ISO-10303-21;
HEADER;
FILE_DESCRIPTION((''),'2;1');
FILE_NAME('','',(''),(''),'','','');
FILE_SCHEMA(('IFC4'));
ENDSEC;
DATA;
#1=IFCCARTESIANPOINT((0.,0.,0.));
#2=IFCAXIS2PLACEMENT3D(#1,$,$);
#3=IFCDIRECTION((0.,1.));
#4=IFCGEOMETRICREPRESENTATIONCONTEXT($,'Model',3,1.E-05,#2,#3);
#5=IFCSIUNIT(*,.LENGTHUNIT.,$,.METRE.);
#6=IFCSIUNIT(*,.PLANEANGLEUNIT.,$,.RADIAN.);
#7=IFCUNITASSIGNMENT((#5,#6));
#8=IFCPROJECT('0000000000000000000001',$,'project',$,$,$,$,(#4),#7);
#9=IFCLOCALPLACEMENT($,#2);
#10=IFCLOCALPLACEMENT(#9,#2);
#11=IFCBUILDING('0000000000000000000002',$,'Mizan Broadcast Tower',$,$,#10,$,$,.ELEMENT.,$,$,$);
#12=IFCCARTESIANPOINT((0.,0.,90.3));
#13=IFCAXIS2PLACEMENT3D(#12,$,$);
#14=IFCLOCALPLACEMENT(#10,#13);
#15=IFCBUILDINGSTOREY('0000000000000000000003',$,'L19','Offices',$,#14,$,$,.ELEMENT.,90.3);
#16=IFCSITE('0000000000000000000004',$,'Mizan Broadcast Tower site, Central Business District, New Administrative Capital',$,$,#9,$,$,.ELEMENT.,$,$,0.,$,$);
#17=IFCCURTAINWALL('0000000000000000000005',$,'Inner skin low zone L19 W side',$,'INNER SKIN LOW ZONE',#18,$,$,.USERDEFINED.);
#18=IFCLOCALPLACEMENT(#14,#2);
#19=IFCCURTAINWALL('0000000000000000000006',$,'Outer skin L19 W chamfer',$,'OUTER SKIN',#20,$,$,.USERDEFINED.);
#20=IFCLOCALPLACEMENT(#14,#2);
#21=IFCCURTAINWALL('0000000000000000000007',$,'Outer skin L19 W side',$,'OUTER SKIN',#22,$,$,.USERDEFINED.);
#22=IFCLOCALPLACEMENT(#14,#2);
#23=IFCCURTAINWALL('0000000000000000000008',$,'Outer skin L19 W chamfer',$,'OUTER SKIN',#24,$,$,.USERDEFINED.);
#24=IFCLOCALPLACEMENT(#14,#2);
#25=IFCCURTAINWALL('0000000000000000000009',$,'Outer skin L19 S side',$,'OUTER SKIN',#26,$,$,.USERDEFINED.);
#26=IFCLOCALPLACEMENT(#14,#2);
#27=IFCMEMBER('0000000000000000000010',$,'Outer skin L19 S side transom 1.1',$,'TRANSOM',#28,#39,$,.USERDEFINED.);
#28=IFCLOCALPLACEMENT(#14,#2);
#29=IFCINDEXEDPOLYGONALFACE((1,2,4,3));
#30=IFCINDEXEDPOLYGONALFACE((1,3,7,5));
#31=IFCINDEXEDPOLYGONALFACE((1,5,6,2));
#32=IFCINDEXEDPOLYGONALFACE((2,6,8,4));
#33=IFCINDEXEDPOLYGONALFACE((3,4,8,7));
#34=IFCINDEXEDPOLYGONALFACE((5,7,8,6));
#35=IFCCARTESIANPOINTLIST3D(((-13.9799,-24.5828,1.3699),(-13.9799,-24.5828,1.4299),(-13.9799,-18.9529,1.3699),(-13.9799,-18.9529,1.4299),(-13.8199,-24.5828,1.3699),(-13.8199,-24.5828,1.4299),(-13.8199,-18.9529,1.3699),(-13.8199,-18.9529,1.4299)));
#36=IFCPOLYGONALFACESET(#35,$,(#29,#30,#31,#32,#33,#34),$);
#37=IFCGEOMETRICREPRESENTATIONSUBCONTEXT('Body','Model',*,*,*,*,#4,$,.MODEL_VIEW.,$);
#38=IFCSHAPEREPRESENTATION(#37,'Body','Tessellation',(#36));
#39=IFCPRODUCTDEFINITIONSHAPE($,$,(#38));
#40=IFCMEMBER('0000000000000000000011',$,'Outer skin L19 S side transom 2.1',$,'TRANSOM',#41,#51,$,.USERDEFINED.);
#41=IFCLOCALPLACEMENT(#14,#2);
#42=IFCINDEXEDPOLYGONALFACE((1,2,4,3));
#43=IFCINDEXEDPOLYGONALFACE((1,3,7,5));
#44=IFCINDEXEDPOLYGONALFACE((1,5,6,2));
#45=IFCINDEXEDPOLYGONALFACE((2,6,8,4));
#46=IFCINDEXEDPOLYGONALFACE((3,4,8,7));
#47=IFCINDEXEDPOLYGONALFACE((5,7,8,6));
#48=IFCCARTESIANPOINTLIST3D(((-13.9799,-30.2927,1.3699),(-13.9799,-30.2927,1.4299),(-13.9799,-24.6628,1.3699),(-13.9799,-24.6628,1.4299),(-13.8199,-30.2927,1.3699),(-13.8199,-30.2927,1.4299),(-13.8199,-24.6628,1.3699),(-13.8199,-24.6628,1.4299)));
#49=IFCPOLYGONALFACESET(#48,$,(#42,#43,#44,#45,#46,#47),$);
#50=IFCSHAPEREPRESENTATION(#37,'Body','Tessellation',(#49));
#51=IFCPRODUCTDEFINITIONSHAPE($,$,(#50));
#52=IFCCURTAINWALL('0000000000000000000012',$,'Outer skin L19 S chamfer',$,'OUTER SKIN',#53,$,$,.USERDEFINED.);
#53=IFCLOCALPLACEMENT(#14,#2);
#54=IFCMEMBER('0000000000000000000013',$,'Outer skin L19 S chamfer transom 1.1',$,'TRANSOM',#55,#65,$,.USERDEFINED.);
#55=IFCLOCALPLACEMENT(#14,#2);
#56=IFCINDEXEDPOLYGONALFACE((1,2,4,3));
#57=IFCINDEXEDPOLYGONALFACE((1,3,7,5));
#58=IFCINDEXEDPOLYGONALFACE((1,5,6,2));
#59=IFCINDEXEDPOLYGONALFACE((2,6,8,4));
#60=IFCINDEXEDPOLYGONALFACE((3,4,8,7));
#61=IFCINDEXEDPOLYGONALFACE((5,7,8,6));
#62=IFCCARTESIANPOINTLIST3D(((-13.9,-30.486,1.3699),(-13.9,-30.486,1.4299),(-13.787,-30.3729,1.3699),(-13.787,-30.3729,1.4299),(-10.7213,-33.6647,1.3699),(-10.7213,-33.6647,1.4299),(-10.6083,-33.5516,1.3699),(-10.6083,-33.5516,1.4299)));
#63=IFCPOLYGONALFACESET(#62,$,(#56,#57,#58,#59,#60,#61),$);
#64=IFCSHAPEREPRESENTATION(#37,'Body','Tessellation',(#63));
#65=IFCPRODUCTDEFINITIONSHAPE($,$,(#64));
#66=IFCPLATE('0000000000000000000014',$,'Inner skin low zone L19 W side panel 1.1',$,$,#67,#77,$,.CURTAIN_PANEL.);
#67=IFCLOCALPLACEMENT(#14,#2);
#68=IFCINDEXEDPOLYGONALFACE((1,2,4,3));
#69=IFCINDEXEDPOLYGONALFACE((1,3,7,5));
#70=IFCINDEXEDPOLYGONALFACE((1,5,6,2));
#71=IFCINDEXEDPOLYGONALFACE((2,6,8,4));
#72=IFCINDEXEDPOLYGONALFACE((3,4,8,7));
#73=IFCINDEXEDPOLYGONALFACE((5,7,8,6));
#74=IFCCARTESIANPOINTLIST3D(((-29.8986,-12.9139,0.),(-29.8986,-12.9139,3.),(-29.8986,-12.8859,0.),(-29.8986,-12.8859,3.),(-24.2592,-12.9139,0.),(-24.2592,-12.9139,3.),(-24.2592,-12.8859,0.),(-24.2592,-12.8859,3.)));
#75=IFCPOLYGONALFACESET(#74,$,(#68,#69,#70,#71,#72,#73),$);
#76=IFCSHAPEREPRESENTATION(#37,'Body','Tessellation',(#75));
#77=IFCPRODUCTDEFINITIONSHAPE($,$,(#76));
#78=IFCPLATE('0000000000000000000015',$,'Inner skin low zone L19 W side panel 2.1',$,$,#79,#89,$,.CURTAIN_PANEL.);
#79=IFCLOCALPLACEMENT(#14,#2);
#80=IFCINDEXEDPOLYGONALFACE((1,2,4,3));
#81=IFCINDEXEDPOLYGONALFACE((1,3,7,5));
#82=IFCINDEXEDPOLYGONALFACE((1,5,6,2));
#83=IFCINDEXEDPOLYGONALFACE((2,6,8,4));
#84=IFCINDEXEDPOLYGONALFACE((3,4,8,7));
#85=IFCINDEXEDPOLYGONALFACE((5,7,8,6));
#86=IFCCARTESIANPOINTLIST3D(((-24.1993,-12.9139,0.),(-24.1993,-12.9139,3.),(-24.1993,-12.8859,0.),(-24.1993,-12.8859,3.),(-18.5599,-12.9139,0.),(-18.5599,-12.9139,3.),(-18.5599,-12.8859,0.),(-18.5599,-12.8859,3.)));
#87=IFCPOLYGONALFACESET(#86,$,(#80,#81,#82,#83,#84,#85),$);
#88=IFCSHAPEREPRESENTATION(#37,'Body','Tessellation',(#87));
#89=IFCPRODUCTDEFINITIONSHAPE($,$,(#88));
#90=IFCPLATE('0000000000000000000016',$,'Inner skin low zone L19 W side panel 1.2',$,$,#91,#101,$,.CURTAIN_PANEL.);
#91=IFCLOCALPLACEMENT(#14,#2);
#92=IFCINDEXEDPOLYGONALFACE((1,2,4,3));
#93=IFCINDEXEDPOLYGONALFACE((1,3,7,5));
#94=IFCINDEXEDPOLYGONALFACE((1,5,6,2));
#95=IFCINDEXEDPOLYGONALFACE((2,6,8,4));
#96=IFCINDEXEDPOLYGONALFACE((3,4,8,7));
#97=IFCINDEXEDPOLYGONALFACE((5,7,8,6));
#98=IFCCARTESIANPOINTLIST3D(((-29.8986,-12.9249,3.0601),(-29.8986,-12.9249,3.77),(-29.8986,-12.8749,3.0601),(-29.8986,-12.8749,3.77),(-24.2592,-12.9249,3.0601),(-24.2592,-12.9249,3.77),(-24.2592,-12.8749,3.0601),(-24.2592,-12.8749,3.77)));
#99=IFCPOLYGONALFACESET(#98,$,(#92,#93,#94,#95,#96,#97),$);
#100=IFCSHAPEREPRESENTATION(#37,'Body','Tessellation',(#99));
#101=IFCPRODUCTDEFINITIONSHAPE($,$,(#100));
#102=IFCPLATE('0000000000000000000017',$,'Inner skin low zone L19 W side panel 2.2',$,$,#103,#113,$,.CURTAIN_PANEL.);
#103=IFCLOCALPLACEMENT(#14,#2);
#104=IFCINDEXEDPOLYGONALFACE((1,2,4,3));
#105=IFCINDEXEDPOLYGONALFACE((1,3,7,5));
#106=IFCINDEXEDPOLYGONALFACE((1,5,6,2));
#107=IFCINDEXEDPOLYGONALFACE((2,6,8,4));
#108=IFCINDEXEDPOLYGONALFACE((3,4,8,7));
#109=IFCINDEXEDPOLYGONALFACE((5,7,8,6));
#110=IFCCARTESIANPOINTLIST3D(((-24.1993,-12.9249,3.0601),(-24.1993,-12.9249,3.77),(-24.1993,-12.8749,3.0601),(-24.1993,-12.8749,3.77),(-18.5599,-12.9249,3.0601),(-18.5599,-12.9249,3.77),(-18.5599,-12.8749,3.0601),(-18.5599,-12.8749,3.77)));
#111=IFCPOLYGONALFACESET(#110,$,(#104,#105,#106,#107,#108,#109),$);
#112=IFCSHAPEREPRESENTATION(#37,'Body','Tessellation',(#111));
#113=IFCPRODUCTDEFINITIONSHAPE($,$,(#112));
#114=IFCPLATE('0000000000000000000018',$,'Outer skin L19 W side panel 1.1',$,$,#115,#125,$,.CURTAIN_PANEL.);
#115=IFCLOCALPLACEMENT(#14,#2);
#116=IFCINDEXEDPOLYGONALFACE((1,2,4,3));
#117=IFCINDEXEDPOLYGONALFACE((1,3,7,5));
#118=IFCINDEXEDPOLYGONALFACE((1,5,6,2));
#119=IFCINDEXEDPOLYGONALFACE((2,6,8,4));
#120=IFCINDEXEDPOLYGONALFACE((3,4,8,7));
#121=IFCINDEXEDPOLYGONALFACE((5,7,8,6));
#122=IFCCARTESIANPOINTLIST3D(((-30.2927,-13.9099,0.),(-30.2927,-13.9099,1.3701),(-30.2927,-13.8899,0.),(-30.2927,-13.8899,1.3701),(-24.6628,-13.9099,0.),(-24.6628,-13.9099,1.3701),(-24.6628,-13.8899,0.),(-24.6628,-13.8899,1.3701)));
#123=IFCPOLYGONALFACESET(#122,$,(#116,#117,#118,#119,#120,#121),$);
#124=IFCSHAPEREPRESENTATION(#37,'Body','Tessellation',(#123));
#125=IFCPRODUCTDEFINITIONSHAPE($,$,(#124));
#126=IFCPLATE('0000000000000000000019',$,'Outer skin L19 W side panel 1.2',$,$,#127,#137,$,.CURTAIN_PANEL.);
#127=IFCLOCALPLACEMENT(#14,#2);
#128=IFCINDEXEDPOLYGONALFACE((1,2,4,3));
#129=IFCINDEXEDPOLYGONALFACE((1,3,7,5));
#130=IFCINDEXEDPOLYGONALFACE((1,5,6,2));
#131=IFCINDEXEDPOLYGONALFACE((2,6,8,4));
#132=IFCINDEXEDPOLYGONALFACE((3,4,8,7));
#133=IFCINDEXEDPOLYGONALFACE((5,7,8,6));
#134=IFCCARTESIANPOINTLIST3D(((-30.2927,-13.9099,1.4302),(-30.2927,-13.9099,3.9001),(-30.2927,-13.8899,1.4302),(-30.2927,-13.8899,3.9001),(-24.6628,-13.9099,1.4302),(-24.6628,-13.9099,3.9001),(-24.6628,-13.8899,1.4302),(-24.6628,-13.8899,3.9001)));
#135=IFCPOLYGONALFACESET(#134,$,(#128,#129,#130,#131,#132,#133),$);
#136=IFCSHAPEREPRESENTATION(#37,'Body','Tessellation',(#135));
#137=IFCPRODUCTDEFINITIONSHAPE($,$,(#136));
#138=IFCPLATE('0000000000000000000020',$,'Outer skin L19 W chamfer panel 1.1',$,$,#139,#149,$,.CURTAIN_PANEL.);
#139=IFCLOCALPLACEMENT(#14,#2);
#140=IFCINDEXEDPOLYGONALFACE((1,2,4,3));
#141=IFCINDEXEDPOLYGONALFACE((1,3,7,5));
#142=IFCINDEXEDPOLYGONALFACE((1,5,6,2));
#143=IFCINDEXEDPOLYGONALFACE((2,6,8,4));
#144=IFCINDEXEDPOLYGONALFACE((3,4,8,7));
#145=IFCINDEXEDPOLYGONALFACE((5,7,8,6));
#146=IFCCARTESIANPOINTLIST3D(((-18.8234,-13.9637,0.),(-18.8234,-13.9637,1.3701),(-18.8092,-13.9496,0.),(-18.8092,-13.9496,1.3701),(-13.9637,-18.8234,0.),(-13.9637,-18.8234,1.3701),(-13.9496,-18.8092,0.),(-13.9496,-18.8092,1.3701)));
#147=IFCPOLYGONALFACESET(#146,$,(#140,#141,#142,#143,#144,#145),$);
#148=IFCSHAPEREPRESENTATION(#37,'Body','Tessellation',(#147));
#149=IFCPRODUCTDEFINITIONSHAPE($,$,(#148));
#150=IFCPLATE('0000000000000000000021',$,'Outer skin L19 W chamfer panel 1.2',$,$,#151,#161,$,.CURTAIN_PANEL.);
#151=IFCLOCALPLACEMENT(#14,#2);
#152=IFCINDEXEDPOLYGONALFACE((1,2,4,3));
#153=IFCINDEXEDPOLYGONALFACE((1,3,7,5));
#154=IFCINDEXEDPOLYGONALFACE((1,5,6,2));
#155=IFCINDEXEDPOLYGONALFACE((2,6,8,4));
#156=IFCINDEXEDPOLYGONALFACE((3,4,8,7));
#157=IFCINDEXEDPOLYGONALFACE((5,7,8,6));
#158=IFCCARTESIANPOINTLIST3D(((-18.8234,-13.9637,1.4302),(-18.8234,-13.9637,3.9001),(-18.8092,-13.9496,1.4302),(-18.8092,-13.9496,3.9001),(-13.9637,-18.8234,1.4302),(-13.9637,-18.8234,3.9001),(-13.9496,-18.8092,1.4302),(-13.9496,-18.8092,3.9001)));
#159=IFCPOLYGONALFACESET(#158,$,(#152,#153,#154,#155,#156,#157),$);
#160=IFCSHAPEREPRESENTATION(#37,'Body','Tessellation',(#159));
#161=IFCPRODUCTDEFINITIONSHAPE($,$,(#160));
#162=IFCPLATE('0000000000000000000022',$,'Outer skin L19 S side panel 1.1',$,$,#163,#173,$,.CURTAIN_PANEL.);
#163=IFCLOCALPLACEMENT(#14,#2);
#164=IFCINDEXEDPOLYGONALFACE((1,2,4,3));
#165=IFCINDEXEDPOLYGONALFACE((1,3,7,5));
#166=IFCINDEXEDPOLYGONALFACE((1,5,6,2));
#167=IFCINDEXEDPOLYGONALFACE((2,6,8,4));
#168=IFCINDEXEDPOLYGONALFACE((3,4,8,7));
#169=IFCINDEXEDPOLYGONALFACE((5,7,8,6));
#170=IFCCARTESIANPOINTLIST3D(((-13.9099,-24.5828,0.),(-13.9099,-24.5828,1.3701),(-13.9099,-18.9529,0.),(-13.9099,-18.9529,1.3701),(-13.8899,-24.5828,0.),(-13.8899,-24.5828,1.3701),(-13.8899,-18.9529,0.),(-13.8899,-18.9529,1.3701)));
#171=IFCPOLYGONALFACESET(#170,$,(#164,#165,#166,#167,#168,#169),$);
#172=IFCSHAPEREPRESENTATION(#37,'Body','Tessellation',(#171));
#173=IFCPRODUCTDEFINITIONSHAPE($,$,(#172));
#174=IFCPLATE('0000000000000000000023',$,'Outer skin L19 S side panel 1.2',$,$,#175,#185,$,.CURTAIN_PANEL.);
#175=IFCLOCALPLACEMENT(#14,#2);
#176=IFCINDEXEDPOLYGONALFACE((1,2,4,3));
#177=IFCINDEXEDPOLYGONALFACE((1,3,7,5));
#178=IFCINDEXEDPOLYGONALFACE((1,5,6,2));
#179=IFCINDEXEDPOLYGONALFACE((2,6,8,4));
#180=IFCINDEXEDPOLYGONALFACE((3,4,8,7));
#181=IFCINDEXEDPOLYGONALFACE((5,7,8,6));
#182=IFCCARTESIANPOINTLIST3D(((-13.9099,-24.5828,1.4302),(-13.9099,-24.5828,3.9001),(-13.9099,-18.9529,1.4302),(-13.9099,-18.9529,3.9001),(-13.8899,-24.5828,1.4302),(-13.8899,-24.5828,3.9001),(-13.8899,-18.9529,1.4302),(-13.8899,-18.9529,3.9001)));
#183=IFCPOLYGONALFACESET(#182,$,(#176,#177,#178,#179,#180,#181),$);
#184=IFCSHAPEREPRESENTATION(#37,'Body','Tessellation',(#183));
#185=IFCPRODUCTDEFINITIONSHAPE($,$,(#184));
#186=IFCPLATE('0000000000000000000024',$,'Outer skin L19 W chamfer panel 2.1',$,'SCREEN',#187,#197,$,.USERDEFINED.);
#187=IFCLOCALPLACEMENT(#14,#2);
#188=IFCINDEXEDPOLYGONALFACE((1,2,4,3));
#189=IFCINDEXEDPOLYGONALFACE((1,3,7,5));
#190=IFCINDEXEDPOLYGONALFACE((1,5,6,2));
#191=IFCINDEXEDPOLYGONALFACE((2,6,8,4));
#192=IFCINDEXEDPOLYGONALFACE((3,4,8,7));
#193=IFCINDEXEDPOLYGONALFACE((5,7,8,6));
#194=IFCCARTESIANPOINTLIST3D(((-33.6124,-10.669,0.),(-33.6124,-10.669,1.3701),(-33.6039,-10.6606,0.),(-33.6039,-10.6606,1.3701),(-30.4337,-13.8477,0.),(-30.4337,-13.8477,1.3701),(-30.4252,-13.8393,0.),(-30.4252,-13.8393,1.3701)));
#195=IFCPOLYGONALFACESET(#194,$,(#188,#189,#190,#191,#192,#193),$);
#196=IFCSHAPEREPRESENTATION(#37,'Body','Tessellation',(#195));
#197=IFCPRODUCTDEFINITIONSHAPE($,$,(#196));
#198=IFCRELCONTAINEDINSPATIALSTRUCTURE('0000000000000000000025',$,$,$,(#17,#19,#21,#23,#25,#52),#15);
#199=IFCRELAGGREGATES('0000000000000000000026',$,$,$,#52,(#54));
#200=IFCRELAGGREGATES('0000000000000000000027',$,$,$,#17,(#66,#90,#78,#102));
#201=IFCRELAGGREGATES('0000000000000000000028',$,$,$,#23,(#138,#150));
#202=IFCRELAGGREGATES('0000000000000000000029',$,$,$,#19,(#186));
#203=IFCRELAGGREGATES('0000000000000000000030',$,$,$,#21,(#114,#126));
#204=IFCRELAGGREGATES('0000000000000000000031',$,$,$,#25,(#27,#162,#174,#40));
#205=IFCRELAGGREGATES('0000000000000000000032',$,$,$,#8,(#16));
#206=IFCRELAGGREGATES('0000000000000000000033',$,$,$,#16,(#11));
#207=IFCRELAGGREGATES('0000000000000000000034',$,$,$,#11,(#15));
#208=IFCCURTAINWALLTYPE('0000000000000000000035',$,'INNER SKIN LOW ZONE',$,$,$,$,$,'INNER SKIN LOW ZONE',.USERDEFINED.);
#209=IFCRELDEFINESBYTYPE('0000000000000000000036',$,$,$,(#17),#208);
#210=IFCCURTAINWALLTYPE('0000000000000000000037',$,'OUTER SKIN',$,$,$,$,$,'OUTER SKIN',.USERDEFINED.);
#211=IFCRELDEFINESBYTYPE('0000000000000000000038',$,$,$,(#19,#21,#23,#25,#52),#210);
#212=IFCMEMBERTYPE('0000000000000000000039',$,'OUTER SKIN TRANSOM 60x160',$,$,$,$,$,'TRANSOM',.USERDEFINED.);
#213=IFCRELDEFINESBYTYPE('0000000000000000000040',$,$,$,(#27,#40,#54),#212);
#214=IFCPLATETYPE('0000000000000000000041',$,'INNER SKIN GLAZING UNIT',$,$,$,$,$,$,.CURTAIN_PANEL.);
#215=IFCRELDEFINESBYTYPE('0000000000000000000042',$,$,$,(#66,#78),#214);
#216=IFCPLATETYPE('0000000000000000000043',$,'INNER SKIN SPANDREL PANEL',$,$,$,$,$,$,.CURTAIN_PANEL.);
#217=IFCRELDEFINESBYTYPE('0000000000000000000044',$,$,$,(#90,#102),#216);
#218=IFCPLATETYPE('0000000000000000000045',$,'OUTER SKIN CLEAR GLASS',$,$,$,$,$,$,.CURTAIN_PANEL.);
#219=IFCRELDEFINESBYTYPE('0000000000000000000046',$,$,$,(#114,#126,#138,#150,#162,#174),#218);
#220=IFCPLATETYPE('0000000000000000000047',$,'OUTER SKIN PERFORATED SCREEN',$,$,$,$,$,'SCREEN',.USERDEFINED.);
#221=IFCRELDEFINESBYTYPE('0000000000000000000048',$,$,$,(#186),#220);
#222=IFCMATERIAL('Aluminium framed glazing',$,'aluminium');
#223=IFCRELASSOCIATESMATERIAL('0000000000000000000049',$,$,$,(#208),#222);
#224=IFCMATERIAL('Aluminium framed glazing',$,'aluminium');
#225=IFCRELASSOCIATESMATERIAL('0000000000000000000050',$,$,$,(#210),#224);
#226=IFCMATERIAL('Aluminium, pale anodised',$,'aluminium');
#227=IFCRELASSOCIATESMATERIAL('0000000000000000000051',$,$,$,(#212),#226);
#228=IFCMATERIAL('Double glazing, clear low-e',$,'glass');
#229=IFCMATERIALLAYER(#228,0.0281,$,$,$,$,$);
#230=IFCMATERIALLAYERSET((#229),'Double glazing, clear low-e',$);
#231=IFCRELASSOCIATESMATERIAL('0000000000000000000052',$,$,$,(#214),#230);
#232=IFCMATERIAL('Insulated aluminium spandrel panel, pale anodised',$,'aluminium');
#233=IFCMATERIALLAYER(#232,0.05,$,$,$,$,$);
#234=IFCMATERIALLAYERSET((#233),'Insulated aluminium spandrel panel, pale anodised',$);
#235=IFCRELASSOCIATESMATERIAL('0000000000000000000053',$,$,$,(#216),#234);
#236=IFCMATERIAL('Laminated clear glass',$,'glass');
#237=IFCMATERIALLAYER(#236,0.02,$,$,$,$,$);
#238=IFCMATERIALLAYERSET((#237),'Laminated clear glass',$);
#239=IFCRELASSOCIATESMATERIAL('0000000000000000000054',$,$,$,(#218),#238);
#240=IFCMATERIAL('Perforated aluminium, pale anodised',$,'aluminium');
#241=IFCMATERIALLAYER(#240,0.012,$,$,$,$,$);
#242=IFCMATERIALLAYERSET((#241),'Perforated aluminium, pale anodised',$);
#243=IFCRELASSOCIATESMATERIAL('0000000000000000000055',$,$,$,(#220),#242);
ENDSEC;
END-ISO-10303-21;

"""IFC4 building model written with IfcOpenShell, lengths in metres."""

from ifc_helpers import new_model, si_unit, direction, frame, origin, origin_2d, place, context, subcontext, project, spatial, rectangle, extrude, material, layer, layer_set, material_profile, profile_set, type_object, element, aggregate, save


model = new_model("IFC4")

# Units and contexts
model_context = context("Model", 3, precision=1e-05, world=origin(), true_north=direction((0.0, 1.0)))
body_context = subcontext(model_context, "Body", "Model", "MODEL_VIEW")
ifc_project = project(units=[si_unit("LENGTHUNIT", "METRE"), si_unit("PLANEANGLEUNIT", "RADIAN")], contexts=[model_context])

# Site, building, storey
site_placement = place(None, origin())
site = spatial("IfcSite", under=ifc_project, at=site_placement, Name="Mizan Broadcast Tower site, Central Business District, New Administrative Capital", CompositionType="ELEMENT", RefElevation=0.0)
building_placement = place(site_placement, origin())
building = spatial("IfcBuilding", under=site, at=building_placement, Name="Mizan Broadcast Tower", CompositionType="ELEMENT")
storey_placement = place(building_placement, frame((0.0, 0.0, 90.3)))
storey = spatial("IfcBuildingStorey", under=building, at=storey_placement, Name="L19", Description="Offices", CompositionType="ELEMENT", Elevation=90.3)

# Shared definitions
ifc_material_1 = material(Name="Aluminium framed glazing", Category="aluminium")
curtain_wall_type_1 = type_object("IfcCurtainWallType", Name="INNER SKIN LOW ZONE", ElementType="INNER SKIN LOW ZONE", PredefinedType="USERDEFINED", material=ifc_material_1)

# Curtain wall
curtain_wall_1_placement = place(storey_placement, origin())
curtain_wall_1 = element("IfcCurtainWall", 1, at=curtain_wall_1_placement, inside=storey, type_object=curtain_wall_type_1, Name="Inner skin low zone L19 W side", ObjectType="INNER SKIN LOW ZONE", PredefinedType="USERDEFINED")

# Curtain wall
ifc_material_2 = material(Name="Aluminium framed glazing", Category="aluminium")
curtain_wall_type_2 = type_object("IfcCurtainWallType", Name="OUTER SKIN", ElementType="OUTER SKIN", PredefinedType="USERDEFINED", material=ifc_material_2)
curtain_wall_2_placement = place(storey_placement, origin())
curtain_wall_2 = element("IfcCurtainWall", 2, at=curtain_wall_2_placement, inside=storey, type_object=curtain_wall_type_2, Name="Outer skin L19 W chamfer", ObjectType="OUTER SKIN", PredefinedType="USERDEFINED")

# Curtain wall
curtain_wall_3_placement = place(storey_placement, origin())
curtain_wall_3 = element("IfcCurtainWall", 3, at=curtain_wall_3_placement, inside=storey, type_object=curtain_wall_type_2, Name="Outer skin L19 W side", ObjectType="OUTER SKIN", PredefinedType="USERDEFINED")

# Curtain wall
curtain_wall_4_placement = place(storey_placement, origin())
curtain_wall_4 = element("IfcCurtainWall", 4, at=curtain_wall_4_placement, inside=storey, type_object=curtain_wall_type_2, Name="Outer skin L19 W chamfer", ObjectType="OUTER SKIN", PredefinedType="USERDEFINED")

# Curtain wall
curtain_wall_5_placement = place(storey_placement, origin())
curtain_wall_5 = element("IfcCurtainWall", 5, at=curtain_wall_5_placement, inside=storey, type_object=curtain_wall_type_2, Name="Outer skin L19 S side", ObjectType="OUTER SKIN", PredefinedType="USERDEFINED")

# Members
ifc_material_3 = material(Name="Aluminium, pale anodised", Category="aluminium")
ifc_material_profile_1 = material_profile(ifc_material_3, rectangle(XDim=0.1599, YDim=0.0601, at=origin_2d()), Name="TRANSOM 160x60")
ifc_profile_set_1 = profile_set([ifc_material_profile_1], Name="Aluminium, pale anodised")
member_type_1 = type_object("IfcMemberType", Name="OUTER SKIN TRANSOM 60x160", ElementType="TRANSOM", PredefinedType="USERDEFINED", material=ifc_profile_set_1)
member_1_placement = place(storey_placement, frame((-13.8999, -18.9529, 1.3999), z_axis=(0.0, -1.0, 0.0), x_axis=(1.0, 0.0, 0.0)))
member_1 = element("IfcMember", 6, at=member_1_placement, type_object=member_type_1, Name="Outer skin L19 S side transom 1.1", ObjectType="TRANSOM", PredefinedType="USERDEFINED", context=body_context, shape_type="SweptSolid", body=[
    extrude(rectangle(XDim=0.1599, YDim=0.0601, at=origin_2d()), origin(), (0.0, 0.0, 1.0), 5.6299),
])
member_2_placement = place(storey_placement, frame((-13.8999, -24.6628, 1.3999), z_axis=(0.0, -1.0, 0.0), x_axis=(1.0, 0.0, 0.0)))
member_2 = element("IfcMember", 7, at=member_2_placement, type_object=member_type_1, Name="Outer skin L19 S side transom 2.1", ObjectType="TRANSOM", PredefinedType="USERDEFINED", context=body_context, shape_type="SweptSolid", body=[
    extrude(rectangle(XDim=0.1599, YDim=0.0601, at=origin_2d()), origin(), (0.0, 0.0, 1.0), 5.6299),
])

# Curtain wall, member
curtain_wall_6_placement = place(storey_placement, origin())
curtain_wall_6 = element("IfcCurtainWall", 8, at=curtain_wall_6_placement, inside=storey, type_object=curtain_wall_type_2, Name="Outer skin L19 S chamfer", ObjectType="OUTER SKIN", PredefinedType="USERDEFINED")
member_3_placement = place(storey_placement, frame((-13.8435, -30.4294, 1.3999), z_axis=(0.707107, -0.707107, 0.0), x_axis=(0.707107, 0.707107, 0.0)))
member_3 = element("IfcMember", 9, at=member_3_placement, type_object=member_type_1, Name="Outer skin L19 S chamfer transom 1.1", ObjectType="TRANSOM", PredefinedType="USERDEFINED", context=body_context, shape_type="SweptSolid", body=[
    extrude(rectangle(XDim=0.1599, YDim=0.0601, at=origin_2d()), origin(), (0.0, 0.0, 1.0), 4.4954),
])
aggregate(curtain_wall_6, [member_3])

# Plates
ifc_material_4 = material(Name="Double glazing, clear low-e", Category="glass")
ifc_layer_1 = layer(ifc_material_4, 0.0281)
ifc_layer_set_1 = layer_set([ifc_layer_1], Name="Double glazing, clear low-e")
plate_type_1 = type_object("IfcPlateType", Name="INNER SKIN GLAZING UNIT", PredefinedType="CURTAIN_PANEL", material=ifc_layer_set_1)
plate_1_placement = place(storey_placement, frame((-27.0789, -12.8999, 0.0), z_axis=(0.0, 0.0, 1.0), x_axis=(1.0, 0.0, 0.0)))
plate_1 = element("IfcPlate", 10, at=plate_1_placement, type_object=plate_type_1, Name="Inner skin low zone L19 W side panel 1.1", PredefinedType="CURTAIN_PANEL", context=body_context, shape_type="SweptSolid", body=[
    extrude(rectangle(XDim=5.6394, YDim=0.0281, at=origin_2d()), origin(), (0.0, 0.0, 1.0), 3.0),
])
plate_2_placement = place(storey_placement, frame((-21.3796, -12.8999, 0.0), z_axis=(0.0, 0.0, 1.0), x_axis=(1.0, 0.0, 0.0)))
plate_2 = element("IfcPlate", 11, at=plate_2_placement, type_object=plate_type_1, Name="Inner skin low zone L19 W side panel 2.1", PredefinedType="CURTAIN_PANEL", context=body_context, shape_type="SweptSolid", body=[
    extrude(rectangle(XDim=5.6394, YDim=0.0281, at=origin_2d()), origin(), (0.0, 0.0, 1.0), 3.0),
])
ifc_material_5 = material(Name="Insulated aluminium spandrel panel, pale anodised", Category="aluminium")
ifc_layer_2 = layer(ifc_material_5, 0.05)
ifc_layer_set_2 = layer_set([ifc_layer_2], Name="Insulated aluminium spandrel panel, pale anodised")
plate_type_2 = type_object("IfcPlateType", Name="INNER SKIN SPANDREL PANEL", PredefinedType="CURTAIN_PANEL", material=ifc_layer_set_2)
plate_3_placement = place(storey_placement, frame((-27.0789, -12.8999, 3.0601), z_axis=(0.0, 0.0, 1.0), x_axis=(1.0, 0.0, 0.0)))
plate_3 = element("IfcPlate", 12, at=plate_3_placement, type_object=plate_type_2, Name="Inner skin low zone L19 W side panel 1.2", PredefinedType="CURTAIN_PANEL", context=body_context, shape_type="SweptSolid", body=[
    extrude(rectangle(XDim=5.6394, YDim=0.05, at=origin_2d()), origin(), (0.0, 0.0, 1.0), 0.71),
])
plate_4_placement = place(storey_placement, frame((-21.3796, -12.8999, 3.0601), z_axis=(0.0, 0.0, 1.0), x_axis=(1.0, 0.0, 0.0)))
plate_4 = element("IfcPlate", 13, at=plate_4_placement, type_object=plate_type_2, Name="Inner skin low zone L19 W side panel 2.2", PredefinedType="CURTAIN_PANEL", context=body_context, shape_type="SweptSolid", body=[
    extrude(rectangle(XDim=5.6394, YDim=0.05, at=origin_2d()), origin(), (0.0, 0.0, 1.0), 0.71),
])
aggregate(curtain_wall_1, [plate_1, plate_3, plate_2, plate_4])
ifc_material_6 = material(Name="Laminated clear glass", Category="glass")
ifc_layer_3 = layer(ifc_material_6, 0.02)
ifc_layer_set_3 = layer_set([ifc_layer_3], Name="Laminated clear glass")
plate_type_3 = type_object("IfcPlateType", Name="OUTER SKIN CLEAR GLASS", PredefinedType="CURTAIN_PANEL", material=ifc_layer_set_3)
plate_5_placement = place(storey_placement, frame((-27.4778, -13.8999, 0.0), z_axis=(0.0, 0.0, 1.0), x_axis=(1.0, 0.0, 0.0)))
plate_5 = element("IfcPlate", 14, at=plate_5_placement, type_object=plate_type_3, Name="Outer skin L19 W side panel 1.1", PredefinedType="CURTAIN_PANEL", context=body_context, shape_type="SweptSolid", body=[
    extrude(rectangle(XDim=5.6299, YDim=0.02, at=origin_2d()), origin(), (0.0, 0.0, 1.0), 1.3701),
])
plate_6_placement = place(storey_placement, frame((-27.4778, -13.8999, 1.4302), z_axis=(0.0, 0.0, 1.0), x_axis=(1.0, 0.0, 0.0)))
plate_6 = element("IfcPlate", 15, at=plate_6_placement, type_object=plate_type_3, Name="Outer skin L19 W side panel 1.2", PredefinedType="CURTAIN_PANEL", context=body_context, shape_type="SweptSolid", body=[
    extrude(rectangle(XDim=5.6299, YDim=0.02, at=origin_2d()), origin(), (0.0, 0.0, 1.0), 2.47),
])
plate_7_placement = place(storey_placement, frame((-16.3865, -16.3865, 0.0), z_axis=(0.0, 0.0, 1.0), x_axis=(0.707107, -0.707107, 0.0)))
plate_7 = element("IfcPlate", 16, at=plate_7_placement, type_object=plate_type_3, Name="Outer skin L19 W chamfer panel 1.1", PredefinedType="CURTAIN_PANEL", context=body_context, shape_type="SweptSolid", body=[
    extrude(rectangle(XDim=6.8726, YDim=0.02, at=origin_2d()), origin(), (0.0, 0.0, 1.0), 1.3701),
])
plate_8_placement = place(storey_placement, frame((-16.3865, -16.3865, 1.4302), z_axis=(0.0, 0.0, 1.0), x_axis=(0.707107, -0.707107, 0.0)))
plate_8 = element("IfcPlate", 17, at=plate_8_placement, type_object=plate_type_3, Name="Outer skin L19 W chamfer panel 1.2", PredefinedType="CURTAIN_PANEL", context=body_context, shape_type="SweptSolid", body=[
    extrude(rectangle(XDim=6.8726, YDim=0.02, at=origin_2d()), origin(), (0.0, 0.0, 1.0), 2.47),
])
aggregate(curtain_wall_4, [plate_7, plate_8])
plate_9_placement = place(storey_placement, frame((-13.8999, -21.7678, 0.0), z_axis=(0.0, 0.0, 1.0), x_axis=(0.0, -1.0, 0.0)))
plate_9 = element("IfcPlate", 18, at=plate_9_placement, type_object=plate_type_3, Name="Outer skin L19 S side panel 1.1", PredefinedType="CURTAIN_PANEL", context=body_context, shape_type="SweptSolid", body=[
    extrude(rectangle(XDim=5.6299, YDim=0.02, at=origin_2d()), origin(), (0.0, 0.0, 1.0), 1.3701),
])
plate_10_placement = place(storey_placement, frame((-13.8999, -21.7678, 1.4302), z_axis=(0.0, 0.0, 1.0), x_axis=(0.0, -1.0, 0.0)))
plate_10 = element("IfcPlate", 19, at=plate_10_placement, type_object=plate_type_3, Name="Outer skin L19 S side panel 1.2", PredefinedType="CURTAIN_PANEL", context=body_context, shape_type="SweptSolid", body=[
    extrude(rectangle(XDim=5.6299, YDim=0.02, at=origin_2d()), origin(), (0.0, 0.0, 1.0), 2.47),
])
ifc_material_7 = material(Name="Perforated aluminium, pale anodised", Category="aluminium")
ifc_layer_4 = layer(ifc_material_7, 0.012)
ifc_layer_set_4 = layer_set([ifc_layer_4], Name="Perforated aluminium, pale anodised")
plate_type_4 = type_object("IfcPlateType", Name="OUTER SKIN PERFORATED SCREEN", ElementType="SCREEN", PredefinedType="USERDEFINED", material=ifc_layer_set_4)
plate_11_placement = place(storey_placement, frame((-32.0188, -12.2542, 0.0), z_axis=(0.0, 0.0, 1.0), x_axis=(0.707107, -0.707107, 0.0)))
plate_11 = element("IfcPlate", 20, at=plate_11_placement, type_object=plate_type_4, Name="Outer skin L19 W chamfer panel 2.1", ObjectType="SCREEN", PredefinedType="USERDEFINED", context=body_context, shape_type="SweptSolid", body=[
    extrude(rectangle(XDim=4.4954, YDim=0.012, at=origin_2d()), origin(), (0.0, 0.0, 1.0), 1.3701),
])
aggregate(curtain_wall_2, [plate_11])
aggregate(curtain_wall_3, [plate_5, plate_6])
aggregate(curtain_wall_5, [member_1, plate_9, plate_10, member_2])

save(model, "model.ifc")
